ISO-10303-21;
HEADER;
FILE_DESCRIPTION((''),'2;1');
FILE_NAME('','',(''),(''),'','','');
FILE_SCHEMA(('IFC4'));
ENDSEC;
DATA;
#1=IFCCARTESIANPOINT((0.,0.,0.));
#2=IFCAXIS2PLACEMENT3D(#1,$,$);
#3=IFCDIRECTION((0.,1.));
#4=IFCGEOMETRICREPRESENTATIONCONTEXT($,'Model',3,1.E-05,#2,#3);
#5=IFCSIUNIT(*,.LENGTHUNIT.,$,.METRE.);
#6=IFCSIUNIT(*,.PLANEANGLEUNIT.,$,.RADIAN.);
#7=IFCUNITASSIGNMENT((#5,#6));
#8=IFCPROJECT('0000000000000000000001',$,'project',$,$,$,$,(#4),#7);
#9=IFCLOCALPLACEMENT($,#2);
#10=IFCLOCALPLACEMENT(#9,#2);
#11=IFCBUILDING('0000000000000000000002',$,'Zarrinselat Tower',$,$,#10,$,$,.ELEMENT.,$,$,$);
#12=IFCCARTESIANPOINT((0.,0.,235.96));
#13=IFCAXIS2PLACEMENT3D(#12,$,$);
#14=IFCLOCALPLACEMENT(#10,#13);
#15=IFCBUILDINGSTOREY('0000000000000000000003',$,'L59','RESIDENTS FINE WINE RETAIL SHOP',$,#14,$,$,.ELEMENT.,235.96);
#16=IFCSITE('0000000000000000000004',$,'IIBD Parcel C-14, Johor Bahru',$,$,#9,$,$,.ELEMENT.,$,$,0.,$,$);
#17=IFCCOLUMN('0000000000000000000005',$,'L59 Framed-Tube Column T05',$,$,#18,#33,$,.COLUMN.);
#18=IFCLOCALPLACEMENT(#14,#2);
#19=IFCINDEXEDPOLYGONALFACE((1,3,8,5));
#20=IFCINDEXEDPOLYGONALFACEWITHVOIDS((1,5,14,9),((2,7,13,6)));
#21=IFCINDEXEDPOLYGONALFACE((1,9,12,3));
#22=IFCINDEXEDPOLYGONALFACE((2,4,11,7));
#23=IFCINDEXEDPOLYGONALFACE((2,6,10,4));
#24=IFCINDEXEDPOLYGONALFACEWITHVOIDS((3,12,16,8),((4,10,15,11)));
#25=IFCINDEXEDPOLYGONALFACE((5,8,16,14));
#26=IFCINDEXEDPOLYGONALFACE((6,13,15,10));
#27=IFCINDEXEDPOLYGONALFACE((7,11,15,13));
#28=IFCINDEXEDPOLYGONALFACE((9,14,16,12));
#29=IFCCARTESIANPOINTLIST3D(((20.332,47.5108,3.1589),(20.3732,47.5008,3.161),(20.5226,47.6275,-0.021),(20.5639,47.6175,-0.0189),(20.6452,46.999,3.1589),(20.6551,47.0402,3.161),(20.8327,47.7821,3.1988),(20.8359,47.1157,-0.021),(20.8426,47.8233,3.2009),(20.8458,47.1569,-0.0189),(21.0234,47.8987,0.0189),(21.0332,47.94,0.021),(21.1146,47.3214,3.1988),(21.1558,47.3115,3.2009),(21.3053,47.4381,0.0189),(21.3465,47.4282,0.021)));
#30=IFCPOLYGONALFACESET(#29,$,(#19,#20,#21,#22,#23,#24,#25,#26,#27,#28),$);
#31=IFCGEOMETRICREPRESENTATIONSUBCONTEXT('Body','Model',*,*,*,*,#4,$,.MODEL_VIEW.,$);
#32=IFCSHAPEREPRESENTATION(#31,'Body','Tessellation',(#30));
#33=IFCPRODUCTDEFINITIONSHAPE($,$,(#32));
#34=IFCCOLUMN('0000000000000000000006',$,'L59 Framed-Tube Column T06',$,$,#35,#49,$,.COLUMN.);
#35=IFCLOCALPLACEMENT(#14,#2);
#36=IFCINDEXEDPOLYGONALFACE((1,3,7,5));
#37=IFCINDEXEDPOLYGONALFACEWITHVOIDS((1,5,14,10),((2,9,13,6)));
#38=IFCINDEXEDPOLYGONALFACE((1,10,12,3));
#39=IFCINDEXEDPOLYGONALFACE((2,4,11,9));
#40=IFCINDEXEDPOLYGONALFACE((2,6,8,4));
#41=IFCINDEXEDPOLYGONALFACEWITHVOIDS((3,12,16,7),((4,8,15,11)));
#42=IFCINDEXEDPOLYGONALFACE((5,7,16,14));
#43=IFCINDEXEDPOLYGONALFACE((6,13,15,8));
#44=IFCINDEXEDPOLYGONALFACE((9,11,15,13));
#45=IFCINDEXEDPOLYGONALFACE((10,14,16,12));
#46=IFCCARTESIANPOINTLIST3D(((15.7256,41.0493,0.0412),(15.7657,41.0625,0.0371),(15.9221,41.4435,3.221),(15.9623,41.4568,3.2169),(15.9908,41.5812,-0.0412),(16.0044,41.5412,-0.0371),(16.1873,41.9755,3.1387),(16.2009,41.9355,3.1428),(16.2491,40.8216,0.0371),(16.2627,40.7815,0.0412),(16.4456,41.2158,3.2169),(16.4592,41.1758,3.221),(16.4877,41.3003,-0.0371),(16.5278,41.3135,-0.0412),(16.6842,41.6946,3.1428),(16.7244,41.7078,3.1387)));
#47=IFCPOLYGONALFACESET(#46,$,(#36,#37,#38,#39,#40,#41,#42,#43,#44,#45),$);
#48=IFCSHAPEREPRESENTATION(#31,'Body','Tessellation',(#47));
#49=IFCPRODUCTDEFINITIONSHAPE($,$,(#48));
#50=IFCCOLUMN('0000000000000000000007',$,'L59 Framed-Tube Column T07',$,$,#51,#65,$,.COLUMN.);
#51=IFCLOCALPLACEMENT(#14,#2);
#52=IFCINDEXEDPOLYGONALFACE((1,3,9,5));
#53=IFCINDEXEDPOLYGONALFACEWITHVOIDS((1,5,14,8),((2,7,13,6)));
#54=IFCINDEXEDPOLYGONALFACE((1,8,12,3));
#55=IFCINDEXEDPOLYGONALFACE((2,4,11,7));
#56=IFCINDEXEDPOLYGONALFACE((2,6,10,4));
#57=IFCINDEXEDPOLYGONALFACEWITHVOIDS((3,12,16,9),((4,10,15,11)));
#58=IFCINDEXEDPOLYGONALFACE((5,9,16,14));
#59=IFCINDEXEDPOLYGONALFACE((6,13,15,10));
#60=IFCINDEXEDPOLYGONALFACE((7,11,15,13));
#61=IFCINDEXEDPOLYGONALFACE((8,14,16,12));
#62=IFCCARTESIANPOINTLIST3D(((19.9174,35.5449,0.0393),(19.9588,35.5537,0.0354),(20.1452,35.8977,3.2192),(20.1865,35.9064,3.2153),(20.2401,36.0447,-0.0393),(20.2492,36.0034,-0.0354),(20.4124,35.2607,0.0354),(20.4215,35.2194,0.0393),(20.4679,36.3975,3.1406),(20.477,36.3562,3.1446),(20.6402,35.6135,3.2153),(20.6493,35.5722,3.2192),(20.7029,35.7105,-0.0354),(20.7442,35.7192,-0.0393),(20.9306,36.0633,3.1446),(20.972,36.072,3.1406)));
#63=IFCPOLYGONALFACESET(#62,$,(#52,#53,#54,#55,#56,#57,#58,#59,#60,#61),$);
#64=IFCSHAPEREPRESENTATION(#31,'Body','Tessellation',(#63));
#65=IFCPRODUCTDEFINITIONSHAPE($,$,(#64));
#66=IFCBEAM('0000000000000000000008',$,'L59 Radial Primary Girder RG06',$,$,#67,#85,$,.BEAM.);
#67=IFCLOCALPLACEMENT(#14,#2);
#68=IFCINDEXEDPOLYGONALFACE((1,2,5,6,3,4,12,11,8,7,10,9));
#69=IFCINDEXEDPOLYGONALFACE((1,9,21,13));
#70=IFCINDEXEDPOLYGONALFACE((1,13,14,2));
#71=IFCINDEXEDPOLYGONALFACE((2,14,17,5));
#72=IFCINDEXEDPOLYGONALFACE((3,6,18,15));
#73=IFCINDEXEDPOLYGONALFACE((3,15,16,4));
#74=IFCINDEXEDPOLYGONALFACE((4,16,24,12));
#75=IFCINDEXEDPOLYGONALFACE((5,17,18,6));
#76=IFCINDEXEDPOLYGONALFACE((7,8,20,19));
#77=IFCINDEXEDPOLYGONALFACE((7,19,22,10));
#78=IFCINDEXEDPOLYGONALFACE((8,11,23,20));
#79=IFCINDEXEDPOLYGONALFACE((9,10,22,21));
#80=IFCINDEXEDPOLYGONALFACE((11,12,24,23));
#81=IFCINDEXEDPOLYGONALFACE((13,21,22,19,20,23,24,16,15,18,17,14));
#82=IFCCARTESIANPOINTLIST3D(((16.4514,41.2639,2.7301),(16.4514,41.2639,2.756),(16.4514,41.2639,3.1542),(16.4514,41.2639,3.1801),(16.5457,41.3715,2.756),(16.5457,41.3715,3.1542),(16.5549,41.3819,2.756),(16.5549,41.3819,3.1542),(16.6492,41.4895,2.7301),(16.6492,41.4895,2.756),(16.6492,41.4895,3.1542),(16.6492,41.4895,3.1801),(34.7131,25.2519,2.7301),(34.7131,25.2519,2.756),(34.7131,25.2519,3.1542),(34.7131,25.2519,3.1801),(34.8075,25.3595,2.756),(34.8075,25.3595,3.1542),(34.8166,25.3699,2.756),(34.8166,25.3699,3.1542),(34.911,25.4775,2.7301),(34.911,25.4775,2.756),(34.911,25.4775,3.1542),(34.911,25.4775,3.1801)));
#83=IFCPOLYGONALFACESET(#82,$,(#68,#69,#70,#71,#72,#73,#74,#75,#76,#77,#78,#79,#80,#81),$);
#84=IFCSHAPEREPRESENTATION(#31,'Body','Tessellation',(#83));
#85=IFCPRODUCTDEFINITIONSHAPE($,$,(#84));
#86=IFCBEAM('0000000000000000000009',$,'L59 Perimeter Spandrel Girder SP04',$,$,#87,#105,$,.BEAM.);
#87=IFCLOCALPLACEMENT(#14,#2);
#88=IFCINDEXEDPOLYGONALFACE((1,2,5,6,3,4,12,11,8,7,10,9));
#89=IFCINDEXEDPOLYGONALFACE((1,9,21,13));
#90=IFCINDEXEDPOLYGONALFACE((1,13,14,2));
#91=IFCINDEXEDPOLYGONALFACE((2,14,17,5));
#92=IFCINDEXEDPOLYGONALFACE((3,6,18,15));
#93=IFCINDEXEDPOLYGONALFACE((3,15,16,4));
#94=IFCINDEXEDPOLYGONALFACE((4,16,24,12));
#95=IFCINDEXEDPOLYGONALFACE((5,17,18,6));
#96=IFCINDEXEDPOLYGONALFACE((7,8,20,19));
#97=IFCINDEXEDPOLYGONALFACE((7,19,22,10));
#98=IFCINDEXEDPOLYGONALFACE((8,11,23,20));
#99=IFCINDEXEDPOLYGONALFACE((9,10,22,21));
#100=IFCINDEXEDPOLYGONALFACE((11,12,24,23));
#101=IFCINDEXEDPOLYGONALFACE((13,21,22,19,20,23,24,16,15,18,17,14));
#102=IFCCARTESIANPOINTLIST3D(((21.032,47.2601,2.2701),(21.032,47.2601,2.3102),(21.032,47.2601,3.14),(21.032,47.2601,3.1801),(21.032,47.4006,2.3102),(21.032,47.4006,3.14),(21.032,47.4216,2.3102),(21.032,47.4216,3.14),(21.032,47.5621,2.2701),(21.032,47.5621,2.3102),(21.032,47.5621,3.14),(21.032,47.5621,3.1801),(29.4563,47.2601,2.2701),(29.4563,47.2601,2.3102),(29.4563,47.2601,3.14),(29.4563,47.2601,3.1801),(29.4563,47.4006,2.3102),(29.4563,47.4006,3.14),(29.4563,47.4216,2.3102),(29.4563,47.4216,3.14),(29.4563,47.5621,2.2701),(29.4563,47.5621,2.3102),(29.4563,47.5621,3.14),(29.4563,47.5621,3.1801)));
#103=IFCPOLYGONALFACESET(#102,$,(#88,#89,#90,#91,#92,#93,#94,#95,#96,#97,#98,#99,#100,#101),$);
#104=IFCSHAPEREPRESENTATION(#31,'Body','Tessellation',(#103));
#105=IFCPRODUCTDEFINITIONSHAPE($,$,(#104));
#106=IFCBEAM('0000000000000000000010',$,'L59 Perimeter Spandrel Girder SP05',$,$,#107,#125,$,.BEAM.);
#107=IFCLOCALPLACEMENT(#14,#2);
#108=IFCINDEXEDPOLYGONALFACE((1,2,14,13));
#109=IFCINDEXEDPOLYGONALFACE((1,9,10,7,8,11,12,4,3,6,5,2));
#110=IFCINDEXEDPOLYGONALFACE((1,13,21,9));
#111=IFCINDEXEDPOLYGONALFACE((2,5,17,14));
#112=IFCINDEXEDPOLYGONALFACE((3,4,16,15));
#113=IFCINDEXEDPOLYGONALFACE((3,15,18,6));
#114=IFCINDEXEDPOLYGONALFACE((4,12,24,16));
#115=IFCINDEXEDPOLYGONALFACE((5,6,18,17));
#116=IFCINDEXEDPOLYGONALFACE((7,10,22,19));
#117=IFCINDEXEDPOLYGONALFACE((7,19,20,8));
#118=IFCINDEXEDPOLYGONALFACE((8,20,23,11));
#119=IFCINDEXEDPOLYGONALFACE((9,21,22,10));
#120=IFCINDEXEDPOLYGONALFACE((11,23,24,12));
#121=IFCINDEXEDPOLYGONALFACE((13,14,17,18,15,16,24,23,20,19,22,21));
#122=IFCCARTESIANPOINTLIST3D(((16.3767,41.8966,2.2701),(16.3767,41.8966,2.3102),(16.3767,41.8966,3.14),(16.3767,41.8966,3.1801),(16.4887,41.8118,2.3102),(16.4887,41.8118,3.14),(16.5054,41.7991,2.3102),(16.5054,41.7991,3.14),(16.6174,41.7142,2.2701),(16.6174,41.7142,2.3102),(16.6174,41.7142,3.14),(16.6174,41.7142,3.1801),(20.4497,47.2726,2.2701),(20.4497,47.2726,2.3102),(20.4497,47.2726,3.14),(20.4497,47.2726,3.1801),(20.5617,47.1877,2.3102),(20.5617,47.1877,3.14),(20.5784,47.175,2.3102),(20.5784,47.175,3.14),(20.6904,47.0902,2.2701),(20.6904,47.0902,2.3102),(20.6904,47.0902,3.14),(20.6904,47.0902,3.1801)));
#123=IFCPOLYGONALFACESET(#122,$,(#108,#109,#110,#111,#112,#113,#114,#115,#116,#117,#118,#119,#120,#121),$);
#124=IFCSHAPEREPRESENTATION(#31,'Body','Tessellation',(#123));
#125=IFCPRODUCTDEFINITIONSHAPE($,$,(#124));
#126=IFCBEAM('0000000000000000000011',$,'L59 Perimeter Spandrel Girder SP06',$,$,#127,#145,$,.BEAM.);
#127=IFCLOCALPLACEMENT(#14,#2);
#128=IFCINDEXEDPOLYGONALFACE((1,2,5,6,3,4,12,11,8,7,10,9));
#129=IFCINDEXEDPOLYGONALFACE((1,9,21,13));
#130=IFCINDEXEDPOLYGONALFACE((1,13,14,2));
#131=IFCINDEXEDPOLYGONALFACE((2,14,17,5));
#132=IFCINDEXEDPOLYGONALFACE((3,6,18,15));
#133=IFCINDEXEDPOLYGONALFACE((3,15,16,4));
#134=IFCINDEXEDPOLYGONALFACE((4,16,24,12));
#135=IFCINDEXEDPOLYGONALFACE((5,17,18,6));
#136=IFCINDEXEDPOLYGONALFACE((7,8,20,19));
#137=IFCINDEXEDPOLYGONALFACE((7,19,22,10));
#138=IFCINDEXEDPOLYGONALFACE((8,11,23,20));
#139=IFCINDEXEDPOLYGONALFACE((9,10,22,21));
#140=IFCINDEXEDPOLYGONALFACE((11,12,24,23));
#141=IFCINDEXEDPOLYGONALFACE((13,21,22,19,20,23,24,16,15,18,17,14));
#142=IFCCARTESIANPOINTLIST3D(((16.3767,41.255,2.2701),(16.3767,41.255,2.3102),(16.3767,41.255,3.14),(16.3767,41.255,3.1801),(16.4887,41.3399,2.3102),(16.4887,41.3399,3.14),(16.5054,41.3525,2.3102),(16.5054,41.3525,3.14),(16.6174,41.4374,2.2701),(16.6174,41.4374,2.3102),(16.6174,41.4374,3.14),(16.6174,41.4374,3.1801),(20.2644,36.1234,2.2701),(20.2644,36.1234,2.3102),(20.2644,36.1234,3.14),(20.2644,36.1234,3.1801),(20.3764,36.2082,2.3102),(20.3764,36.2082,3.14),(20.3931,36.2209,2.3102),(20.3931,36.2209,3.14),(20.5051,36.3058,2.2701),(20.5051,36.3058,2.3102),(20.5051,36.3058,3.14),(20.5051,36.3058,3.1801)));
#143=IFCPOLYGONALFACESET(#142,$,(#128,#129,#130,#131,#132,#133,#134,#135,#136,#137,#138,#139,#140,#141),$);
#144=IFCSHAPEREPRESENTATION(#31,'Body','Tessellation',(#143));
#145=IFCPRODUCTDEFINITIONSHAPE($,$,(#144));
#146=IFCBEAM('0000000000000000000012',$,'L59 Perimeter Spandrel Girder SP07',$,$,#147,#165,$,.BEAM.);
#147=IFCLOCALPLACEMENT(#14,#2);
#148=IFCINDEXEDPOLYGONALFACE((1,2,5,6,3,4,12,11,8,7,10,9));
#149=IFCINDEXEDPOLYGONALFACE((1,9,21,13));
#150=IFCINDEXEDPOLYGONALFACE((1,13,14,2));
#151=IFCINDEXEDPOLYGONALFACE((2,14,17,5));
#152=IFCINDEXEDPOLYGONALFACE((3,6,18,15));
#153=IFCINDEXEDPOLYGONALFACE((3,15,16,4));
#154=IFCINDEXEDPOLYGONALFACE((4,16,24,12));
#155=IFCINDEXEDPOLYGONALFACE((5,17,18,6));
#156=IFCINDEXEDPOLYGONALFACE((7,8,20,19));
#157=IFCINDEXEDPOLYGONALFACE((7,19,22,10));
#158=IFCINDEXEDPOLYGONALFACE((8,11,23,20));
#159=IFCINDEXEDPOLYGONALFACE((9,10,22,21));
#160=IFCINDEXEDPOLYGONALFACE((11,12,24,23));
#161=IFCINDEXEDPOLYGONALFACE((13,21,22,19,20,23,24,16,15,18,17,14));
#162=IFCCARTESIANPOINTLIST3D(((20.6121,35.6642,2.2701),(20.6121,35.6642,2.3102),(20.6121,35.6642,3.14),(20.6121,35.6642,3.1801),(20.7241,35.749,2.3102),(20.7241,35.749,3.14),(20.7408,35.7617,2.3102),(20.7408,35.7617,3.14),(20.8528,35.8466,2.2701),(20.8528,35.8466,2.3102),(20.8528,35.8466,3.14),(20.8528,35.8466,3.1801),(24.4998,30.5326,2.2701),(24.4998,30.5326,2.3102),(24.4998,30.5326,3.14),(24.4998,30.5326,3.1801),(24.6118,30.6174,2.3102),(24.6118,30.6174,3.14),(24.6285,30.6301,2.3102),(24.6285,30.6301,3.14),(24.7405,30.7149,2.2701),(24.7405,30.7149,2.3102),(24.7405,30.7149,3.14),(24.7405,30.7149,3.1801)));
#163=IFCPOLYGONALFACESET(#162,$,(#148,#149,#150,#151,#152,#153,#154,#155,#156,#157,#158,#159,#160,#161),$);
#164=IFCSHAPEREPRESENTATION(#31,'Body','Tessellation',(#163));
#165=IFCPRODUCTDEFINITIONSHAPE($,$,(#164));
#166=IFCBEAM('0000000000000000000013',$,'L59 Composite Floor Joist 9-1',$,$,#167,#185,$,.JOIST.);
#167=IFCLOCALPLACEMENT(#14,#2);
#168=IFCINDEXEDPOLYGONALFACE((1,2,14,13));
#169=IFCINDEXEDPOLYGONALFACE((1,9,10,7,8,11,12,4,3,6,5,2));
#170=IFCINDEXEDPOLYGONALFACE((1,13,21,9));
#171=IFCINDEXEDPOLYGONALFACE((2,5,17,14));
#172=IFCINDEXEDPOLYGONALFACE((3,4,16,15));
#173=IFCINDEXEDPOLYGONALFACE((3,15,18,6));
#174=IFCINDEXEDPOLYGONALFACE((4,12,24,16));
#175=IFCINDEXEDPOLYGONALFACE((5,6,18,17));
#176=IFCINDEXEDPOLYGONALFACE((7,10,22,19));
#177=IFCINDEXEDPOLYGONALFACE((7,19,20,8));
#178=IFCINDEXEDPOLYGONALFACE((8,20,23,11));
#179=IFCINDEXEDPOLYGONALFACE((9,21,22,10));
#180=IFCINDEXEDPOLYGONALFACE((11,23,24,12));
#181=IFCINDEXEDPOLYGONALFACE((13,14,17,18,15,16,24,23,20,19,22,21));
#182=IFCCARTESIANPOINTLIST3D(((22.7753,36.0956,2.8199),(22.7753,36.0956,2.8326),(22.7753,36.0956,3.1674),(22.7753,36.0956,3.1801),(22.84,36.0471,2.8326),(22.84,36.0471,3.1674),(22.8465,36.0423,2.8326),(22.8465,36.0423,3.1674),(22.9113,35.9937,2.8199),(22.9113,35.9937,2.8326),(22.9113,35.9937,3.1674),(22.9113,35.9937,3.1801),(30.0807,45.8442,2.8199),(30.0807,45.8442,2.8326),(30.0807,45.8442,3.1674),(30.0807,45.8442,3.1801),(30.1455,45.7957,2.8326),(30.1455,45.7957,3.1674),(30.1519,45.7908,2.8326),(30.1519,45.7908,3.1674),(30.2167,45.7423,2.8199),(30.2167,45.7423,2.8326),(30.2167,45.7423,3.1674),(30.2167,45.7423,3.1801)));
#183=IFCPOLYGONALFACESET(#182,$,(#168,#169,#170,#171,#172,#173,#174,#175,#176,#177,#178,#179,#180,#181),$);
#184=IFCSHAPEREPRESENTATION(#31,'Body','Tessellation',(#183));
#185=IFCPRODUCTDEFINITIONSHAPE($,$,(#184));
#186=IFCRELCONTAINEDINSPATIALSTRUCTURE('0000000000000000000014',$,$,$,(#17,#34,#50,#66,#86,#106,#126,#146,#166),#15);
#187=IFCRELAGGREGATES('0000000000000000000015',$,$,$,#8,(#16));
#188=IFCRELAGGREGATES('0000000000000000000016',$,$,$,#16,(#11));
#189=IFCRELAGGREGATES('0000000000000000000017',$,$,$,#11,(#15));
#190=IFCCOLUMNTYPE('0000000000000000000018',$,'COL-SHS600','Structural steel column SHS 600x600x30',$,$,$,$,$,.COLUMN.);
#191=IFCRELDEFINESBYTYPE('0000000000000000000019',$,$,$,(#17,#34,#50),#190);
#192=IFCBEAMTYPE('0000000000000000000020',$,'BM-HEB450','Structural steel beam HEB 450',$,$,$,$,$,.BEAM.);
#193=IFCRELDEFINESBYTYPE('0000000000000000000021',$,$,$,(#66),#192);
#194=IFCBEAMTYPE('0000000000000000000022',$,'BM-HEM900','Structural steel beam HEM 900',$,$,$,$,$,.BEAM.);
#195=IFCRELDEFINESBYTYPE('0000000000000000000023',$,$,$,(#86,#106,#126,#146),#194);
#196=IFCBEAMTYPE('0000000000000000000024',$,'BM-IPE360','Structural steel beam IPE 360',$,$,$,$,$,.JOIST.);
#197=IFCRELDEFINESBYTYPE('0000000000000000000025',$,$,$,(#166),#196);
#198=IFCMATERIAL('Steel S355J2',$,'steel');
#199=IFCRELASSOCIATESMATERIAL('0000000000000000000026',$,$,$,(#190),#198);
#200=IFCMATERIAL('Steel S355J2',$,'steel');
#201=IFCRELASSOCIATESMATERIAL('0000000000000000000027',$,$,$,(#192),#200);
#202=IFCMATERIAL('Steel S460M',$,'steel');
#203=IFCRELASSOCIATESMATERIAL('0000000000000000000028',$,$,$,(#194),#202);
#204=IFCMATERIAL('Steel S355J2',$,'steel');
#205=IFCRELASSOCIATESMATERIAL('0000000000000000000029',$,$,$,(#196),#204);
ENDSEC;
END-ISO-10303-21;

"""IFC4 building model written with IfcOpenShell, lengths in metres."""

from ifc_helpers import new_model, si_unit, direction, frame, origin, origin_2d, place, context, subcontext, project, spatial, hollow_rectangle, i_section, extrude, material, material_profile, profile_set, type_object, element, save


model = new_model("IFC4")

# Units and contexts
model_context = context("Model", 3, precision=1e-05, world=origin(), true_north=direction((0.0, 1.0)))
body_context = subcontext(model_context, "Body", "Model", "MODEL_VIEW")
ifc_project = project(units=[si_unit("LENGTHUNIT", "METRE"), si_unit("PLANEANGLEUNIT", "RADIAN")], contexts=[model_context])

# Site, building, storey
site_placement = place(None, origin())
site = spatial("IfcSite", under=ifc_project, at=site_placement, Name="IIBD Parcel C-14, Johor Bahru", CompositionType="ELEMENT", RefElevation=0.0)
building_placement = place(site_placement, origin())
building = spatial("IfcBuilding", under=site, at=building_placement, Name="Zarrinselat Tower", CompositionType="ELEMENT")
storey_placement = place(building_placement, frame((0.0, 0.0, 235.96)))
storey = spatial("IfcBuildingStorey", under=building, at=storey_placement, Name="L59", Description="RESIDENTS FINE WINE RETAIL SHOP", CompositionType="ELEMENT", Elevation=235.96)

# Columns
ifc_material_1 = material(Name="Steel S355J2", Category="steel")
ifc_material_profile_1 = material_profile(ifc_material_1, hollow_rectangle(XDim=0.6001, YDim=0.6001, WallThickness=0.03, at=origin_2d()), Name="SHS 600x600x30")
ifc_profile_set_1 = profile_set([ifc_material_profile_1], Name="Steel S355J2")
column_type = type_object("IfcColumnType", Name="COL-SHS600", Description="Structural steel column SHS 600x600x30", PredefinedType="COLUMN", material=ifc_profile_set_1)
column_1_placement = place(storey_placement, frame((20.9346, 47.5278, 0.0), z_axis=(-0.059814, -0.036608, 0.997538), x_axis=(0.522024, -0.852931, 0.0)))
element("IfcColumn", 1, at=column_1_placement, inside=storey, type_object=column_type, Name="L59 Framed-Tube Column T05", PredefinedType="COLUMN", context=body_context, shape_type="SweptSolid", body=[
    extrude(hollow_rectangle(XDim=0.6001, YDim=0.6001, WallThickness=0.03, at=origin_2d()), origin(), (0.0, 0.0, 1.0), 3.1877),
])
column_2_placement = place(storey_placement, frame((16.1267, 41.1814, 0.0), z_axis=(0.061219, 0.122819, 0.990539), x_axis=(-0.894981, 0.446105, 0.0)))
element("IfcColumn", 2, at=column_2_placement, inside=storey, type_object=column_type, Name="L59 Framed-Tube Column T06", PredefinedType="COLUMN", context=body_context, shape_type="SweptSolid", body=[
    extrude(hollow_rectangle(XDim=0.6001, YDim=0.6001, WallThickness=0.03, at=origin_2d()), origin(), (0.0, 0.0, 1.0), 3.2102),
])
column_3_placement = place(storey_placement, frame((20.3308, 35.6321, 0.0), z_axis=(0.071015, 0.109986, 0.991393), x_axis=(-0.8401, 0.542431, 0.0)))
element("IfcColumn", 3, at=column_3_placement, inside=storey, type_object=column_type, Name="L59 Framed-Tube Column T07", PredefinedType="COLUMN", context=body_context, shape_type="SweptSolid", body=[
    extrude(hollow_rectangle(XDim=0.6001, YDim=0.6001, WallThickness=0.03, at=origin_2d()), origin(), (0.0, 0.0, 1.0), 3.2075),
])

# Beams
ifc_material_2 = material(Name="Steel S355J2", Category="steel")
ifc_material_profile_2 = material_profile(ifc_material_2, i_section(OverallWidth=0.3, OverallDepth=0.45, WebThickness=0.0139, FlangeThickness=0.0259, at=origin_2d()), Name="HEB 450")
ifc_profile_set_2 = profile_set([ifc_material_profile_2], Name="Steel S355J2")
beam_type_1 = type_object("IfcBeamType", Name="BM-HEB450", Description="Structural steel beam HEB 450", PredefinedType="BEAM", material=ifc_profile_set_2)
beam_1_placement = place(storey_placement, frame((16.5503, 41.3767, 2.9551), z_axis=(0.751904, -0.659273, 0.0), x_axis=(0.659273, 0.751904, 0.0)))
element("IfcBeam", 4, at=beam_1_placement, inside=storey, type_object=beam_type_1, Name="L59 Radial Primary Girder RG06", PredefinedType="BEAM", context=body_context, shape_type="SweptSolid", body=[
    extrude(i_section(OverallWidth=0.3, OverallDepth=0.45, WebThickness=0.0139, FlangeThickness=0.0259, at=origin_2d()), origin(), (0.0, 0.0, 1.0), 24.2874),
])
ifc_material_3 = material(Name="Steel S460M", Category="steel")
ifc_material_profile_3 = material_profile(ifc_material_3, i_section(OverallWidth=0.302, OverallDepth=0.9099, WebThickness=0.021, FlangeThickness=0.04, at=origin_2d()), Name="HEM 900")
ifc_profile_set_3 = profile_set([ifc_material_profile_3], Name="Steel S460M")
beam_type_2 = type_object("IfcBeamType", Name="BM-HEM900", Description="Structural steel beam HEM 900", PredefinedType="BEAM", material=ifc_profile_set_3)
beam_2_placement = place(storey_placement, frame((21.032, 47.4111, 2.7251), z_axis=(1.0, 0.0, 0.0), x_axis=(0.0, 1.0, 0.0)))
element("IfcBeam", 5, at=beam_2_placement, inside=storey, type_object=beam_type_2, Name="L59 Perimeter Spandrel Girder SP04", PredefinedType="BEAM", context=body_context, shape_type="SweptSolid", body=[
    extrude(i_section(OverallWidth=0.302, OverallDepth=0.9099, WebThickness=0.021, FlangeThickness=0.04, at=origin_2d()), origin(), (0.0, 0.0, 1.0), 8.4243),
])
beam_3_placement = place(storey_placement, frame((16.4971, 41.8054, 2.7251), z_axis=(0.603885, 0.797072, 0.0), x_axis=(-0.797072, 0.603885, 0.0)))
element("IfcBeam", 6, at=beam_3_placement, inside=storey, type_object=beam_type_2, Name="L59 Perimeter Spandrel Girder SP05", PredefinedType="BEAM", context=body_context, shape_type="SweptSolid", body=[
    extrude(i_section(OverallWidth=0.302, OverallDepth=0.9099, WebThickness=0.021, FlangeThickness=0.04, at=origin_2d()), origin(), (0.0, 0.0, 1.0), 6.7446),
])
for number, where, z_axis, x_axis, name in (
    (7, (16.4971, 41.3462, 2.7251), (0.60387, -0.797083, 0.0), (0.797083, 0.60387, 0.0), "L59 Perimeter Spandrel Girder SP06"),
    (8, (20.7324, 35.7554, 2.7251), (0.60387, -0.797083, 0.0), (0.797083, 0.60387, 0.0), "L59 Perimeter Spandrel Girder SP07"),
):
    element("IfcBeam", number, at=place(storey_placement, frame(where, z_axis=z_axis, x_axis=x_axis)), inside=storey, type_object=beam_type_2, Name=name, PredefinedType="BEAM", context=body_context, shape_type="SweptSolid", body=[
        extrude(i_section(OverallWidth=0.302, OverallDepth=0.9099, WebThickness=0.021, FlangeThickness=0.04, at=origin_2d()), origin(), (0.0, 0.0, 1.0), 6.438),
    ])
ifc_material_4 = material(Name="Steel S355J2", Category="steel")
ifc_material_profile_4 = material_profile(ifc_material_4, i_section(OverallWidth=0.1699, OverallDepth=0.3601, WebThickness=0.0081, FlangeThickness=0.0127, at=origin_2d()), Name="IPE 360")
ifc_profile_set_4 = profile_set([ifc_material_profile_4], Name="Steel S355J2")
beam_type_3 = type_object("IfcBeamType", Name="BM-IPE360", Description="Structural steel beam IPE 360", PredefinedType="JOIST", material=ifc_profile_set_4)
beam_4_placement = place(storey_placement, frame((22.8433, 36.0447, 3.0), z_axis=(0.599686, 0.800236, 0.0), x_axis=(-0.800236, 0.599686, 0.0)))
element("IfcBeam", 9, at=beam_4_placement, inside=storey, type_object=beam_type_3, Name="L59 Composite Floor Joist 9-1", PredefinedType="JOIST", context=body_context, shape_type="SweptSolid", body=[
    extrude(i_section(OverallWidth=0.1699, OverallDepth=0.3601, WebThickness=0.0081, FlangeThickness=0.0127, at=origin_2d()), origin(), (0.0, 0.0, 1.0), 12.1821),
])

save(model, "model.ifc")
